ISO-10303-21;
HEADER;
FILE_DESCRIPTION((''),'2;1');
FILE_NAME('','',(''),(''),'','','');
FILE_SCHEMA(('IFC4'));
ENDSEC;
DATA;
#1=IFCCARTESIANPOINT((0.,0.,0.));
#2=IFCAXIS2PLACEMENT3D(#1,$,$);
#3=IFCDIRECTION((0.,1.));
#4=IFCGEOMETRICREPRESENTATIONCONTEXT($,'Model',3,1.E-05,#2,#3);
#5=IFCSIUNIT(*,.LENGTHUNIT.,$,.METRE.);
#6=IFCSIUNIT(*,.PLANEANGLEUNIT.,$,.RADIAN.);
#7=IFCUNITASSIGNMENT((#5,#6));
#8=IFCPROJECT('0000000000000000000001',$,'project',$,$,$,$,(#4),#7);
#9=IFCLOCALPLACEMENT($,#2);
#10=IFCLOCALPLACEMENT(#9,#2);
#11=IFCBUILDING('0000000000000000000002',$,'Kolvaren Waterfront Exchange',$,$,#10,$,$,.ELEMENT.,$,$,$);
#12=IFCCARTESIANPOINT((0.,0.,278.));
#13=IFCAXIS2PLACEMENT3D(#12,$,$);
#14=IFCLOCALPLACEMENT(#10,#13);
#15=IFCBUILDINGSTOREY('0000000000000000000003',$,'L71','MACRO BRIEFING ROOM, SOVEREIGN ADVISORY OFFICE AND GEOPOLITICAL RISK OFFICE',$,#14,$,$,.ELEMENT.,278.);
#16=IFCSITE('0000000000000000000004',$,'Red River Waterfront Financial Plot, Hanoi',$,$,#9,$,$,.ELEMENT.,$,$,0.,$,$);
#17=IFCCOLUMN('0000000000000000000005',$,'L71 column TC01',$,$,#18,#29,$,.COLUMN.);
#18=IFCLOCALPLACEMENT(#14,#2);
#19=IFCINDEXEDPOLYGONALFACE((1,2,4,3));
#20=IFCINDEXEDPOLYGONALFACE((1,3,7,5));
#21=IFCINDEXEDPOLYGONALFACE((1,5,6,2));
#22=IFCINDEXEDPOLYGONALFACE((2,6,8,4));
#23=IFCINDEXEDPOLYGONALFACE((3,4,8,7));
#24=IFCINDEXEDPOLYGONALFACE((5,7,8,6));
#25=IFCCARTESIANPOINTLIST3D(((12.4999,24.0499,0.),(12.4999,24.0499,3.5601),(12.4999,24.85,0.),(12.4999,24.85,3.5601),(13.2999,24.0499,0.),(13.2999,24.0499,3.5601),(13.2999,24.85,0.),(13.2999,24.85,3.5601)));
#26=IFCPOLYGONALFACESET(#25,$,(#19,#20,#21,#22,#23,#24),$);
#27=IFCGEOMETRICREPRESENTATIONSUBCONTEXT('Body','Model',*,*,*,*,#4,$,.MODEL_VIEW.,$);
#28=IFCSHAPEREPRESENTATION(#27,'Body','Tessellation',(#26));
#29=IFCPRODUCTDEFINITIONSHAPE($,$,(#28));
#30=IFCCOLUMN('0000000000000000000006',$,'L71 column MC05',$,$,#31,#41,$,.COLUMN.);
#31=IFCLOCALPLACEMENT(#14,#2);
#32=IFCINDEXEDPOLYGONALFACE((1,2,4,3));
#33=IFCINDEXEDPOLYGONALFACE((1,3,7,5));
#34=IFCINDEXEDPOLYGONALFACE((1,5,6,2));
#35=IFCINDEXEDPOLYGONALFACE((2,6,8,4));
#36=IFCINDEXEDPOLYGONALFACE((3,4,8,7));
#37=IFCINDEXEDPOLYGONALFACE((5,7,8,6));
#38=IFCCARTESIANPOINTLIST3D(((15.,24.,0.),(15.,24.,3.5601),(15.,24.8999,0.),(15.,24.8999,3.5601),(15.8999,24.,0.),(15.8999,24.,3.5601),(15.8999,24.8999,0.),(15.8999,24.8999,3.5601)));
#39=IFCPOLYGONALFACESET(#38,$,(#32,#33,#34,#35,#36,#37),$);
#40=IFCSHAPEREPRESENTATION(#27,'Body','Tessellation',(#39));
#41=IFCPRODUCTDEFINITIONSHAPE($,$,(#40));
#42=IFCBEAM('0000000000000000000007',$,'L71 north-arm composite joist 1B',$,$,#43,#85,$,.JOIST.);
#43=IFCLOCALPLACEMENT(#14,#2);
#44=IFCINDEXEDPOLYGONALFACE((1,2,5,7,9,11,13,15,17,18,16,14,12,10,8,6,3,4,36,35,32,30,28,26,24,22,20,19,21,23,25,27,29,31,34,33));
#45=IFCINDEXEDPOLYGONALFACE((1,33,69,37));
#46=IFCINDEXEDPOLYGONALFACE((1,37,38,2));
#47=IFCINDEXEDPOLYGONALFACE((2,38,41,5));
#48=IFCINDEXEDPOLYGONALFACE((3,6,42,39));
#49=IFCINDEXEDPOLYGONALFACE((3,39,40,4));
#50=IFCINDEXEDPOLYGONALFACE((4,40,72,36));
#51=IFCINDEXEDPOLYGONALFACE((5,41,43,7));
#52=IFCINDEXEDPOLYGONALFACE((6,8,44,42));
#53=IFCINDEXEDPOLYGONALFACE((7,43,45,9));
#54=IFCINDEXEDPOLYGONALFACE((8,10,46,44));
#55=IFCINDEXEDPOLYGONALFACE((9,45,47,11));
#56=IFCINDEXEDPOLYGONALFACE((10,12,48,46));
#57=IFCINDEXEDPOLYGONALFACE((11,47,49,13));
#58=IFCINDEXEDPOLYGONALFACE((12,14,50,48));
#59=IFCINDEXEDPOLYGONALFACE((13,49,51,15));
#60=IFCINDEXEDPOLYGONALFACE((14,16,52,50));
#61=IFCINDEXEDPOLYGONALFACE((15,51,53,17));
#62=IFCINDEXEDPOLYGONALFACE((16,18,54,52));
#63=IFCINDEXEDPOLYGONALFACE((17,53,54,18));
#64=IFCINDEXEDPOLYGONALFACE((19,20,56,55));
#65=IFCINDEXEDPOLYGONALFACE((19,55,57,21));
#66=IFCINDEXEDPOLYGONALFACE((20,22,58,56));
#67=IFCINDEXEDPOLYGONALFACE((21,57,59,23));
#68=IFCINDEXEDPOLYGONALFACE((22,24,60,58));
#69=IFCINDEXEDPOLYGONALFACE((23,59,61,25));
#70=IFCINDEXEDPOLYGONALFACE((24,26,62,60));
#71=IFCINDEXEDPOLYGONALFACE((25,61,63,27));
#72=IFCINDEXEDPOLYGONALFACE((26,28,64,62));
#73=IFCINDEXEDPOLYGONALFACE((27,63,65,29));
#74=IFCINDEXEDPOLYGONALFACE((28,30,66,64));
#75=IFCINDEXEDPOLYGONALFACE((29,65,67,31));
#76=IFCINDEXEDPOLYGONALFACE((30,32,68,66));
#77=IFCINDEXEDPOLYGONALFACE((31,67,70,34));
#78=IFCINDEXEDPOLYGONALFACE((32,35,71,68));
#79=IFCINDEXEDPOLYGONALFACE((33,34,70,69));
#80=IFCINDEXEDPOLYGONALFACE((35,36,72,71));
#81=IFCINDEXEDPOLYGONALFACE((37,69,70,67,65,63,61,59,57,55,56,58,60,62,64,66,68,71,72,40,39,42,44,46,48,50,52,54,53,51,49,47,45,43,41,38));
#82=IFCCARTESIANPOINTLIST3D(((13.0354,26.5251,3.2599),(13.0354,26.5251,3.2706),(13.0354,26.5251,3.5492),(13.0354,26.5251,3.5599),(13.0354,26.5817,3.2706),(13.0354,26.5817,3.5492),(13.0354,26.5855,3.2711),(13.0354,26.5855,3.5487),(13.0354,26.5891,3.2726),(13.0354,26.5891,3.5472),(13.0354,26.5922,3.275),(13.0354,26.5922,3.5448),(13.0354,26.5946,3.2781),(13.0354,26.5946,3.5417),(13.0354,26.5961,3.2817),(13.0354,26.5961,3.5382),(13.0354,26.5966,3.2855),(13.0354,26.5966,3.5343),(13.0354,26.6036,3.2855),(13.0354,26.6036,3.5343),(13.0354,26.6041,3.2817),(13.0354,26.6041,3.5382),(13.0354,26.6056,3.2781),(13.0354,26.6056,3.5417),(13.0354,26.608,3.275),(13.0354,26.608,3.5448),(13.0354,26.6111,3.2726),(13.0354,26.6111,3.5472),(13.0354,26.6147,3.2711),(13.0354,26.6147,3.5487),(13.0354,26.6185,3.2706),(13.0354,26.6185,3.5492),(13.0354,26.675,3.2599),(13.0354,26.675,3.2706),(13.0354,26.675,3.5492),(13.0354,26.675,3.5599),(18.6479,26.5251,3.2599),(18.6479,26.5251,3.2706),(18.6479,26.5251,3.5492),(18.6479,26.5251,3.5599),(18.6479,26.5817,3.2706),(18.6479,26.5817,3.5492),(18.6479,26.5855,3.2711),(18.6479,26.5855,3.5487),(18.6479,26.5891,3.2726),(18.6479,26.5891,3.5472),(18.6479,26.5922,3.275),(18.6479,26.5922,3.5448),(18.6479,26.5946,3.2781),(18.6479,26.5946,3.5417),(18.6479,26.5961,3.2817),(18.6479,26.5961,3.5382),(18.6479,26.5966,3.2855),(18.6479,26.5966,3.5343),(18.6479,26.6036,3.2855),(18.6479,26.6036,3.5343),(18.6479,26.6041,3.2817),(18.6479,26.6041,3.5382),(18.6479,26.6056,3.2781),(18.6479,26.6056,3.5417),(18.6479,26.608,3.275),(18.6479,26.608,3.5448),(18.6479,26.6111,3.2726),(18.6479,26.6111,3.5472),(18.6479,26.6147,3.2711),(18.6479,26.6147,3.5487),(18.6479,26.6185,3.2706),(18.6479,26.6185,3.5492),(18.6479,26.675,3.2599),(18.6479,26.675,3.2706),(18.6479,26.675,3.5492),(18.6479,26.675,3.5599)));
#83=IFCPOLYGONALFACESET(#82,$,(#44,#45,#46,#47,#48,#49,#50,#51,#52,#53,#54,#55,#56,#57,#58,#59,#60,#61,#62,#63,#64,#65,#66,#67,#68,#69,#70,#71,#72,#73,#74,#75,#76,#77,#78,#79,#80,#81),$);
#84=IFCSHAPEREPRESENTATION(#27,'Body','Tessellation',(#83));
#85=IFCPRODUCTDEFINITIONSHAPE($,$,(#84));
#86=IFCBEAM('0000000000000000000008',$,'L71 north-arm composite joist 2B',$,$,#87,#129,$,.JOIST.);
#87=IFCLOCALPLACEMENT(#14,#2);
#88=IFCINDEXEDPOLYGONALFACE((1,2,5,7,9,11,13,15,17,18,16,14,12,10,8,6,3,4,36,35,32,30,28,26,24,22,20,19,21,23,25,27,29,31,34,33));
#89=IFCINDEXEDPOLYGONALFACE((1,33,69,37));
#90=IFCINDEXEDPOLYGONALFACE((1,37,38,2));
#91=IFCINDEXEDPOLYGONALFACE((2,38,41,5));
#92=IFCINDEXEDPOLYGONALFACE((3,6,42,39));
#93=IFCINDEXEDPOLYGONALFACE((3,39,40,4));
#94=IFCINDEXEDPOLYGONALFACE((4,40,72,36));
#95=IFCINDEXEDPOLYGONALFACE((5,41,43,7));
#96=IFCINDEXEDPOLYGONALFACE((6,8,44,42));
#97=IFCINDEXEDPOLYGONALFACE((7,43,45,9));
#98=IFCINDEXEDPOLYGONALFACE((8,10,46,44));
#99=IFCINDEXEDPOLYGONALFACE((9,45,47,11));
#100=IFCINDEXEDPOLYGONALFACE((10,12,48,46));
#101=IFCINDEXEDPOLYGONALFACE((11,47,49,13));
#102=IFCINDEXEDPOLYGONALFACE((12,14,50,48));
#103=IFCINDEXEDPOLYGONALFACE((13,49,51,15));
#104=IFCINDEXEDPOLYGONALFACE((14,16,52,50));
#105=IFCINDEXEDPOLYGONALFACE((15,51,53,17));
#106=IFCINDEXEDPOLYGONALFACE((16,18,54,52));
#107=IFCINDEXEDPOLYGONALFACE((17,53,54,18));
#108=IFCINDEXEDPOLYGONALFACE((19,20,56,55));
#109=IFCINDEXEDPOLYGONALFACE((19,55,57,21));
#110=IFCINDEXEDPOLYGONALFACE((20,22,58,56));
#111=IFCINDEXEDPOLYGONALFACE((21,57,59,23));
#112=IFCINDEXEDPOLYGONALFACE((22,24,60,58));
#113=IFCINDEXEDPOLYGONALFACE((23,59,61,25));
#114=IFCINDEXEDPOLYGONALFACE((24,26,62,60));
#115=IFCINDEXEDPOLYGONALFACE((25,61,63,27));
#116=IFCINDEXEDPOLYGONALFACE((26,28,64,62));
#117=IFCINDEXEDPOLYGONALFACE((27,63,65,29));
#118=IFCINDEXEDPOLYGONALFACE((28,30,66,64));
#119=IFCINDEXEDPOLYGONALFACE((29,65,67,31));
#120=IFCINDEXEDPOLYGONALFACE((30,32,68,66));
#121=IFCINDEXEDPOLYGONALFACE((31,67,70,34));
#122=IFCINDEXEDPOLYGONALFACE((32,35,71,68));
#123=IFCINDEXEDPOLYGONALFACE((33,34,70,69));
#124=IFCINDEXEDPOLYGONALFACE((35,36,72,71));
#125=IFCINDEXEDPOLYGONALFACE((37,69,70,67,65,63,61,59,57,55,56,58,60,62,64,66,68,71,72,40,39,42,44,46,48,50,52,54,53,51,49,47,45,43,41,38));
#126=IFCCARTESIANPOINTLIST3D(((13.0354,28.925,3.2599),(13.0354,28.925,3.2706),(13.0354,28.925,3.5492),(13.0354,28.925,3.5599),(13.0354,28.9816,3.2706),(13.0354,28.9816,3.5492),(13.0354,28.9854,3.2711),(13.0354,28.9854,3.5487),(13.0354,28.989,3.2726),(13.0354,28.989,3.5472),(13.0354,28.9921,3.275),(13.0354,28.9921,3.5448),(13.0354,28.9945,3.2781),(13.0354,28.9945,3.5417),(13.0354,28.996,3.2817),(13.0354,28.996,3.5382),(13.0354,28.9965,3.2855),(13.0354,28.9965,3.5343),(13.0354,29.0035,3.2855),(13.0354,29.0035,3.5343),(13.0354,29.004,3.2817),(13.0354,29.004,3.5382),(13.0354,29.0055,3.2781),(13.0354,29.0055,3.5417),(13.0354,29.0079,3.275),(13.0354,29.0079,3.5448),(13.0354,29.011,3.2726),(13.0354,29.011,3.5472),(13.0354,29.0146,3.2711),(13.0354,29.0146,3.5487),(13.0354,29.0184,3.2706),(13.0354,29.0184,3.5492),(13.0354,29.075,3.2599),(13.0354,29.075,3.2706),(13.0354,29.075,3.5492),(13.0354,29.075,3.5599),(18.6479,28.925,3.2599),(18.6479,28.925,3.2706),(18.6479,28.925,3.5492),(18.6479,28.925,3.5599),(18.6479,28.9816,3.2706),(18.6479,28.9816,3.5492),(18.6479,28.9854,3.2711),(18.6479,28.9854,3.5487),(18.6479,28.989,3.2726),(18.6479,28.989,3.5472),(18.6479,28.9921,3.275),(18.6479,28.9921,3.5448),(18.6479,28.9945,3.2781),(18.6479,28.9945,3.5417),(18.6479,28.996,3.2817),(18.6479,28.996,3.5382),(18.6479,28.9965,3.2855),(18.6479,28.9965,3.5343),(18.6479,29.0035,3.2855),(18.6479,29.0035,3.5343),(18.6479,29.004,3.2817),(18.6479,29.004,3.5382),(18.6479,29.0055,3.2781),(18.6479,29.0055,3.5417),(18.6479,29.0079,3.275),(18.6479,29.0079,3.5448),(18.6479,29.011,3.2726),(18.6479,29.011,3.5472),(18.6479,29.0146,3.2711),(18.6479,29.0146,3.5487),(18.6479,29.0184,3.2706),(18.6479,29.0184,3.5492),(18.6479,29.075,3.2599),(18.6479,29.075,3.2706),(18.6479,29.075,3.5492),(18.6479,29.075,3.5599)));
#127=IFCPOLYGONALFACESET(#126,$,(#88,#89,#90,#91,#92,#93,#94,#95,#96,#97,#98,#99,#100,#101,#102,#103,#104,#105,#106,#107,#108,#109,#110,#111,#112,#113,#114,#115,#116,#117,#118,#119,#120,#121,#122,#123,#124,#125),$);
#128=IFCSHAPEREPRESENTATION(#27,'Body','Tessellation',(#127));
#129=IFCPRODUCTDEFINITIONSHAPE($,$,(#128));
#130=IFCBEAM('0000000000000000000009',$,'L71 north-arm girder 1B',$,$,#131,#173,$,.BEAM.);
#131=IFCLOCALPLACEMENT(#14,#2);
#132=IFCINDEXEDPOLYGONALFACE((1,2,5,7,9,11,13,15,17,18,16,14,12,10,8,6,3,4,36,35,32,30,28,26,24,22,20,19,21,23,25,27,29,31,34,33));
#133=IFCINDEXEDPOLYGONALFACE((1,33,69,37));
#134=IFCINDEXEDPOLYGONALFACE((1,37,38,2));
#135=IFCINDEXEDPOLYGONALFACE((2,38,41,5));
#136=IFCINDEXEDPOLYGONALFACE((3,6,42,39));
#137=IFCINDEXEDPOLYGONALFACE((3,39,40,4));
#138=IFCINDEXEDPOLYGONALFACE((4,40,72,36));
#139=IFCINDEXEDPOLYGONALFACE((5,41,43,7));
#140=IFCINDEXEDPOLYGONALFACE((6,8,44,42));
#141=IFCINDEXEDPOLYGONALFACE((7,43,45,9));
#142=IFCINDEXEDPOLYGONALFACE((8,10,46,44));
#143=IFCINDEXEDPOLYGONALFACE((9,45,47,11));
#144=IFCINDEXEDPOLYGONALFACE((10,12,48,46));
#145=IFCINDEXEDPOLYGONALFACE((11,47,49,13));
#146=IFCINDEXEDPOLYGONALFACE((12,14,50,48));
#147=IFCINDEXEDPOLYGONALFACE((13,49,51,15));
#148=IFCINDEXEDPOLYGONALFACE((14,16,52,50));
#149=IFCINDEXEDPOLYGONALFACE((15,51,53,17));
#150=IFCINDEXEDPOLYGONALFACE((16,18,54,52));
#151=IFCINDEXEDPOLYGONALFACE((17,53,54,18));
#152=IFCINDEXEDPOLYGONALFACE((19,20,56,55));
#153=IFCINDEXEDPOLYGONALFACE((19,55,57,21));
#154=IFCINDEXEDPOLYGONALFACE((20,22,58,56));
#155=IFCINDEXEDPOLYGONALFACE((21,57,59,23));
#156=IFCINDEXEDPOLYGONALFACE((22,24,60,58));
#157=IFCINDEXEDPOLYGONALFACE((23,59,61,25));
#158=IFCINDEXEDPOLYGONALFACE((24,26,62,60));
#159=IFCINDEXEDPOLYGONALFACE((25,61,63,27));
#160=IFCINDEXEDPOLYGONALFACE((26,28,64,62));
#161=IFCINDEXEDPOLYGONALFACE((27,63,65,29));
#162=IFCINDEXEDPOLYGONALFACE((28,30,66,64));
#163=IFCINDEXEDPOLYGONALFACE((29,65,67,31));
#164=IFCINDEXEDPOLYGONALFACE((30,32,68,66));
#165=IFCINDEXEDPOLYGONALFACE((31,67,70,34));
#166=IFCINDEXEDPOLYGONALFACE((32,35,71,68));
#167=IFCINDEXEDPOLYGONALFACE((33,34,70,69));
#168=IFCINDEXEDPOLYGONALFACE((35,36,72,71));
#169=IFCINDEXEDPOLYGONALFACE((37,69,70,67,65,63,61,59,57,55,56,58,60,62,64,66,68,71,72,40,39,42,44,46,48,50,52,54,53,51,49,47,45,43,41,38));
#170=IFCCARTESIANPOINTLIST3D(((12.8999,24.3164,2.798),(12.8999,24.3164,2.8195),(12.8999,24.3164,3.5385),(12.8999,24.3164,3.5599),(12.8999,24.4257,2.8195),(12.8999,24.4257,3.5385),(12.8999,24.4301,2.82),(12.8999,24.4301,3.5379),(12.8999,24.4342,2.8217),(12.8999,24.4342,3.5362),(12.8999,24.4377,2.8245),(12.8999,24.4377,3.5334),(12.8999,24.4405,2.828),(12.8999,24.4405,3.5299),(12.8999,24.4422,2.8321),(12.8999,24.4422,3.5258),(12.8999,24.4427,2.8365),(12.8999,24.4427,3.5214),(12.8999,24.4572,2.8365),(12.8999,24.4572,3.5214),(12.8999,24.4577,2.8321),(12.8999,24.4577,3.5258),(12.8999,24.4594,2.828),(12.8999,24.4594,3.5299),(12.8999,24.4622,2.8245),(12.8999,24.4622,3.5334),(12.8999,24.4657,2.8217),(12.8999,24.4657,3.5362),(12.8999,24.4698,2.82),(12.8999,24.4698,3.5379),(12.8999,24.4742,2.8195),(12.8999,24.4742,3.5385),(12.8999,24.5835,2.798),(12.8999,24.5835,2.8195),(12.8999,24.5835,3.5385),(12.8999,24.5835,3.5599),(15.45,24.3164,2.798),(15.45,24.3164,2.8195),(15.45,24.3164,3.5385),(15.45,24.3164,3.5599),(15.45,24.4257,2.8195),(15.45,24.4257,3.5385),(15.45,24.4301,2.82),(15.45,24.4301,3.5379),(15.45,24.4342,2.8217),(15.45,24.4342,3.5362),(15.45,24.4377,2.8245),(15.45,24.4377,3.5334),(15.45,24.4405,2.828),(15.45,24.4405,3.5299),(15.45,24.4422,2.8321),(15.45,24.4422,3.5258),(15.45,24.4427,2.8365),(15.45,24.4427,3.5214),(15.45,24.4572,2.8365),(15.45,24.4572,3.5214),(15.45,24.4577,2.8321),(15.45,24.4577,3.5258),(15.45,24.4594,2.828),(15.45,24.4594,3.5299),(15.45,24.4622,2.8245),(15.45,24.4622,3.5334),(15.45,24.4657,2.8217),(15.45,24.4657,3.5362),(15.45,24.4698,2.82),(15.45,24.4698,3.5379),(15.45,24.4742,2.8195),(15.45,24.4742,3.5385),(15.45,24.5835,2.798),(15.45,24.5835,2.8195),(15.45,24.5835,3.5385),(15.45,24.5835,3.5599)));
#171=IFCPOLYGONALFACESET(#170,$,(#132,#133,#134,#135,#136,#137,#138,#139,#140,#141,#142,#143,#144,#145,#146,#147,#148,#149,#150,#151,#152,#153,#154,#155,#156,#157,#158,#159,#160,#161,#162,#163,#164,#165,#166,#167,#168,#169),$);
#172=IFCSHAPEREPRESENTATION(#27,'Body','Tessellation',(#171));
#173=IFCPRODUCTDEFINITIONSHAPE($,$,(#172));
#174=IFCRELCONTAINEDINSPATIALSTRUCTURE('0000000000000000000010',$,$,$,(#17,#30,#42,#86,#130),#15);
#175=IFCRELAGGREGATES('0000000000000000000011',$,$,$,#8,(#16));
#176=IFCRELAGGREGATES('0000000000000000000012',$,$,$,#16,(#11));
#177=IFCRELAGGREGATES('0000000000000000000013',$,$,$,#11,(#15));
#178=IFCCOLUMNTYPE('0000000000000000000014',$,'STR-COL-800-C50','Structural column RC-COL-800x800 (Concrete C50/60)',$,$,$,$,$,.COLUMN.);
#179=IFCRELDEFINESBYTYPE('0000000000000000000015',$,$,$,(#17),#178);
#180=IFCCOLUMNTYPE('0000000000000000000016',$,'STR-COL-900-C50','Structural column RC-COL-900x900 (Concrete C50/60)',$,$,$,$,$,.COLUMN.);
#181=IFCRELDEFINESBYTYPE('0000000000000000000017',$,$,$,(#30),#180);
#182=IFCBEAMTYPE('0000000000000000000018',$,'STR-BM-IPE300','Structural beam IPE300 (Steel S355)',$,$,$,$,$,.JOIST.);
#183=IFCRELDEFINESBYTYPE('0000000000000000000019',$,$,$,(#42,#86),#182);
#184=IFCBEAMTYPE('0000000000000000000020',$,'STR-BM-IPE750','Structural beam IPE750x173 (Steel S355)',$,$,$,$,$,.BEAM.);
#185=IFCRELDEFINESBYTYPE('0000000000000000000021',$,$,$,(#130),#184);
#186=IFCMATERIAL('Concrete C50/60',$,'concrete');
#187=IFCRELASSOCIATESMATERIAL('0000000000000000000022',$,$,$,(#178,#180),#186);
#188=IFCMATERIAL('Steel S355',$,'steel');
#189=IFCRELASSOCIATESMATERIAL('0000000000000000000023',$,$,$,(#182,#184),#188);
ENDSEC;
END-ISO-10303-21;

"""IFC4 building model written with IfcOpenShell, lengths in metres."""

from ifc_helpers import new_model, si_unit, direction, frame, origin, origin_2d, place, context, subcontext, project, spatial, rectangle, i_section, extrude, material, material_profile, profile_set, type_object, element, save


model = new_model("IFC4")

# Units and contexts
model_context = context("Model", 3, precision=1e-05, world=origin(), true_north=direction((0.0, 1.0)))
body_context = subcontext(model_context, "Body", "Model", "MODEL_VIEW")
ifc_project = project(units=[si_unit("LENGTHUNIT", "METRE"), si_unit("PLANEANGLEUNIT", "RADIAN")], contexts=[model_context])

# Site, building, storey
site_placement = place(None, origin())
site = spatial("IfcSite", under=ifc_project, at=site_placement, Name="Red River Waterfront Financial Plot, Hanoi", CompositionType="ELEMENT", RefElevation=0.0)
building_placement = place(site_placement, origin())
building = spatial("IfcBuilding", under=site, at=building_placement, Name="Kolvaren Waterfront Exchange", CompositionType="ELEMENT")
storey_placement = place(building_placement, frame((0.0, 0.0, 278.0)))
storey = spatial("IfcBuildingStorey", under=building, at=storey_placement, Name="L71", Description="MACRO BRIEFING ROOM, SOVEREIGN ADVISORY OFFICE AND GEOPOLITICAL RISK OFFICE", CompositionType="ELEMENT", Elevation=278.0)

# Columns
ifc_material_1 = material(Name="Concrete C50/60", Category="concrete")
ifc_material_profile_1 = material_profile(ifc_material_1, rectangle(XDim=0.8, YDim=0.8, at=origin_2d()), Name="RC-COL-800x800")
ifc_profile_set_1 = profile_set([ifc_material_profile_1], Name="Concrete C50/60")
column_type_1 = type_object("IfcColumnType", Name="STR-COL-800-C50", Description="Structural column RC-COL-800x800 (Concrete C50/60)", PredefinedType="COLUMN", material=ifc_profile_set_1)
column_1_placement = place(storey_placement, frame((12.8999, 24.45, 0.0), z_axis=(0.0, 0.0, 1.0), x_axis=(1.0, 0.0, 0.0)))
element("IfcColumn", 1, at=column_1_placement, inside=storey, type_object=column_type_1, Name="L71 column TC01", PredefinedType="COLUMN", context=body_context, shape_type="SweptSolid", body=[
    extrude(rectangle(XDim=0.8, YDim=0.8, at=origin_2d()), origin(), (0.0, 0.0, 1.0), 3.5601),
])
ifc_material_profile_2 = material_profile(ifc_material_1, rectangle(XDim=0.8999, YDim=0.8999, at=origin_2d()), Name="RC-COL-900x900")
ifc_profile_set_2 = profile_set([ifc_material_profile_2], Name="Concrete C50/60")
column_type_2 = type_object("IfcColumnType", Name="STR-COL-900-C50", Description="Structural column RC-COL-900x900 (Concrete C50/60)", PredefinedType="COLUMN", material=ifc_profile_set_2)
column_2_placement = place(storey_placement, frame((15.45, 24.45, 0.0), z_axis=(0.0, 0.0, 1.0), x_axis=(1.0, 0.0, 0.0)))
element("IfcColumn", 2, at=column_2_placement, inside=storey, type_object=column_type_2, Name="L71 column MC05", PredefinedType="COLUMN", context=body_context, shape_type="SweptSolid", body=[
    extrude(rectangle(XDim=0.8999, YDim=0.8999, at=origin_2d()), origin(), (0.0, 0.0, 1.0), 3.5601),
])

# Beams
ifc_material_2 = material(Name="Steel S355", Category="steel")
ifc_material_profile_3 = material_profile(ifc_material_2, i_section(OverallWidth=0.1499, OverallDepth=0.3, WebThickness=0.0071, FlangeThickness=0.0107, FilletRadius=0.0149, at=origin_2d()), Name="IPE300")
ifc_profile_set_3 = profile_set([ifc_material_profile_3], Name="Steel S355")
beam_type_1 = type_object("IfcBeamType", Name="STR-BM-IPE300", Description="Structural beam IPE300 (Steel S355)", PredefinedType="JOIST", material=ifc_profile_set_3)
for number, where, z_axis, x_axis, name in (
    (3, (13.0354, 26.6001, 3.4099), (1.0, 0.0, 0.0), (0.0, 1.0, 0.0), "L71 north-arm composite joist 1B"),
    (4, (13.0354, 29.0, 3.4099), (1.0, 0.0, 0.0), (0.0, 1.0, 0.0), "L71 north-arm composite joist 2B"),
):
    element("IfcBeam", number, at=place(storey_placement, frame(where, z_axis=z_axis, x_axis=x_axis)), inside=storey, type_object=beam_type_1, Name=name, PredefinedType="JOIST", context=body_context, shape_type="SweptSolid", body=[
        extrude(i_section(OverallWidth=0.1499, OverallDepth=0.3, WebThickness=0.0071, FlangeThickness=0.0107, FilletRadius=0.0149, at=origin_2d()), origin(), (0.0, 0.0, 1.0), 5.6125),
    ])
ifc_material_profile_4 = material_profile(ifc_material_2, i_section(OverallWidth=0.2671, OverallDepth=0.762, WebThickness=0.0144, FlangeThickness=0.0215, FilletRadius=0.0171, at=origin_2d()), Name="IPE750x173")
ifc_profile_set_4 = profile_set([ifc_material_profile_4], Name="Steel S355")
beam_type_2 = type_object("IfcBeamType", Name="STR-BM-IPE750", Description="Structural beam IPE750x173 (Steel S355)", PredefinedType="BEAM", material=ifc_profile_set_4)
beam_1_placement = place(storey_placement, frame((12.8999, 24.45, 3.179), z_axis=(1.0, 0.0, 0.0), x_axis=(0.0, 1.0, 0.0)))
element("IfcBeam", 5, at=beam_1_placement, inside=storey, type_object=beam_type_2, Name="L71 north-arm girder 1B", PredefinedType="BEAM", context=body_context, shape_type="SweptSolid", body=[
    extrude(i_section(OverallWidth=0.2671, OverallDepth=0.762, WebThickness=0.0144, FlangeThickness=0.0215, FilletRadius=0.0171, at=origin_2d()), origin(), (0.0, 0.0, 1.0), 2.55),
])

save(model, "model.ifc")
